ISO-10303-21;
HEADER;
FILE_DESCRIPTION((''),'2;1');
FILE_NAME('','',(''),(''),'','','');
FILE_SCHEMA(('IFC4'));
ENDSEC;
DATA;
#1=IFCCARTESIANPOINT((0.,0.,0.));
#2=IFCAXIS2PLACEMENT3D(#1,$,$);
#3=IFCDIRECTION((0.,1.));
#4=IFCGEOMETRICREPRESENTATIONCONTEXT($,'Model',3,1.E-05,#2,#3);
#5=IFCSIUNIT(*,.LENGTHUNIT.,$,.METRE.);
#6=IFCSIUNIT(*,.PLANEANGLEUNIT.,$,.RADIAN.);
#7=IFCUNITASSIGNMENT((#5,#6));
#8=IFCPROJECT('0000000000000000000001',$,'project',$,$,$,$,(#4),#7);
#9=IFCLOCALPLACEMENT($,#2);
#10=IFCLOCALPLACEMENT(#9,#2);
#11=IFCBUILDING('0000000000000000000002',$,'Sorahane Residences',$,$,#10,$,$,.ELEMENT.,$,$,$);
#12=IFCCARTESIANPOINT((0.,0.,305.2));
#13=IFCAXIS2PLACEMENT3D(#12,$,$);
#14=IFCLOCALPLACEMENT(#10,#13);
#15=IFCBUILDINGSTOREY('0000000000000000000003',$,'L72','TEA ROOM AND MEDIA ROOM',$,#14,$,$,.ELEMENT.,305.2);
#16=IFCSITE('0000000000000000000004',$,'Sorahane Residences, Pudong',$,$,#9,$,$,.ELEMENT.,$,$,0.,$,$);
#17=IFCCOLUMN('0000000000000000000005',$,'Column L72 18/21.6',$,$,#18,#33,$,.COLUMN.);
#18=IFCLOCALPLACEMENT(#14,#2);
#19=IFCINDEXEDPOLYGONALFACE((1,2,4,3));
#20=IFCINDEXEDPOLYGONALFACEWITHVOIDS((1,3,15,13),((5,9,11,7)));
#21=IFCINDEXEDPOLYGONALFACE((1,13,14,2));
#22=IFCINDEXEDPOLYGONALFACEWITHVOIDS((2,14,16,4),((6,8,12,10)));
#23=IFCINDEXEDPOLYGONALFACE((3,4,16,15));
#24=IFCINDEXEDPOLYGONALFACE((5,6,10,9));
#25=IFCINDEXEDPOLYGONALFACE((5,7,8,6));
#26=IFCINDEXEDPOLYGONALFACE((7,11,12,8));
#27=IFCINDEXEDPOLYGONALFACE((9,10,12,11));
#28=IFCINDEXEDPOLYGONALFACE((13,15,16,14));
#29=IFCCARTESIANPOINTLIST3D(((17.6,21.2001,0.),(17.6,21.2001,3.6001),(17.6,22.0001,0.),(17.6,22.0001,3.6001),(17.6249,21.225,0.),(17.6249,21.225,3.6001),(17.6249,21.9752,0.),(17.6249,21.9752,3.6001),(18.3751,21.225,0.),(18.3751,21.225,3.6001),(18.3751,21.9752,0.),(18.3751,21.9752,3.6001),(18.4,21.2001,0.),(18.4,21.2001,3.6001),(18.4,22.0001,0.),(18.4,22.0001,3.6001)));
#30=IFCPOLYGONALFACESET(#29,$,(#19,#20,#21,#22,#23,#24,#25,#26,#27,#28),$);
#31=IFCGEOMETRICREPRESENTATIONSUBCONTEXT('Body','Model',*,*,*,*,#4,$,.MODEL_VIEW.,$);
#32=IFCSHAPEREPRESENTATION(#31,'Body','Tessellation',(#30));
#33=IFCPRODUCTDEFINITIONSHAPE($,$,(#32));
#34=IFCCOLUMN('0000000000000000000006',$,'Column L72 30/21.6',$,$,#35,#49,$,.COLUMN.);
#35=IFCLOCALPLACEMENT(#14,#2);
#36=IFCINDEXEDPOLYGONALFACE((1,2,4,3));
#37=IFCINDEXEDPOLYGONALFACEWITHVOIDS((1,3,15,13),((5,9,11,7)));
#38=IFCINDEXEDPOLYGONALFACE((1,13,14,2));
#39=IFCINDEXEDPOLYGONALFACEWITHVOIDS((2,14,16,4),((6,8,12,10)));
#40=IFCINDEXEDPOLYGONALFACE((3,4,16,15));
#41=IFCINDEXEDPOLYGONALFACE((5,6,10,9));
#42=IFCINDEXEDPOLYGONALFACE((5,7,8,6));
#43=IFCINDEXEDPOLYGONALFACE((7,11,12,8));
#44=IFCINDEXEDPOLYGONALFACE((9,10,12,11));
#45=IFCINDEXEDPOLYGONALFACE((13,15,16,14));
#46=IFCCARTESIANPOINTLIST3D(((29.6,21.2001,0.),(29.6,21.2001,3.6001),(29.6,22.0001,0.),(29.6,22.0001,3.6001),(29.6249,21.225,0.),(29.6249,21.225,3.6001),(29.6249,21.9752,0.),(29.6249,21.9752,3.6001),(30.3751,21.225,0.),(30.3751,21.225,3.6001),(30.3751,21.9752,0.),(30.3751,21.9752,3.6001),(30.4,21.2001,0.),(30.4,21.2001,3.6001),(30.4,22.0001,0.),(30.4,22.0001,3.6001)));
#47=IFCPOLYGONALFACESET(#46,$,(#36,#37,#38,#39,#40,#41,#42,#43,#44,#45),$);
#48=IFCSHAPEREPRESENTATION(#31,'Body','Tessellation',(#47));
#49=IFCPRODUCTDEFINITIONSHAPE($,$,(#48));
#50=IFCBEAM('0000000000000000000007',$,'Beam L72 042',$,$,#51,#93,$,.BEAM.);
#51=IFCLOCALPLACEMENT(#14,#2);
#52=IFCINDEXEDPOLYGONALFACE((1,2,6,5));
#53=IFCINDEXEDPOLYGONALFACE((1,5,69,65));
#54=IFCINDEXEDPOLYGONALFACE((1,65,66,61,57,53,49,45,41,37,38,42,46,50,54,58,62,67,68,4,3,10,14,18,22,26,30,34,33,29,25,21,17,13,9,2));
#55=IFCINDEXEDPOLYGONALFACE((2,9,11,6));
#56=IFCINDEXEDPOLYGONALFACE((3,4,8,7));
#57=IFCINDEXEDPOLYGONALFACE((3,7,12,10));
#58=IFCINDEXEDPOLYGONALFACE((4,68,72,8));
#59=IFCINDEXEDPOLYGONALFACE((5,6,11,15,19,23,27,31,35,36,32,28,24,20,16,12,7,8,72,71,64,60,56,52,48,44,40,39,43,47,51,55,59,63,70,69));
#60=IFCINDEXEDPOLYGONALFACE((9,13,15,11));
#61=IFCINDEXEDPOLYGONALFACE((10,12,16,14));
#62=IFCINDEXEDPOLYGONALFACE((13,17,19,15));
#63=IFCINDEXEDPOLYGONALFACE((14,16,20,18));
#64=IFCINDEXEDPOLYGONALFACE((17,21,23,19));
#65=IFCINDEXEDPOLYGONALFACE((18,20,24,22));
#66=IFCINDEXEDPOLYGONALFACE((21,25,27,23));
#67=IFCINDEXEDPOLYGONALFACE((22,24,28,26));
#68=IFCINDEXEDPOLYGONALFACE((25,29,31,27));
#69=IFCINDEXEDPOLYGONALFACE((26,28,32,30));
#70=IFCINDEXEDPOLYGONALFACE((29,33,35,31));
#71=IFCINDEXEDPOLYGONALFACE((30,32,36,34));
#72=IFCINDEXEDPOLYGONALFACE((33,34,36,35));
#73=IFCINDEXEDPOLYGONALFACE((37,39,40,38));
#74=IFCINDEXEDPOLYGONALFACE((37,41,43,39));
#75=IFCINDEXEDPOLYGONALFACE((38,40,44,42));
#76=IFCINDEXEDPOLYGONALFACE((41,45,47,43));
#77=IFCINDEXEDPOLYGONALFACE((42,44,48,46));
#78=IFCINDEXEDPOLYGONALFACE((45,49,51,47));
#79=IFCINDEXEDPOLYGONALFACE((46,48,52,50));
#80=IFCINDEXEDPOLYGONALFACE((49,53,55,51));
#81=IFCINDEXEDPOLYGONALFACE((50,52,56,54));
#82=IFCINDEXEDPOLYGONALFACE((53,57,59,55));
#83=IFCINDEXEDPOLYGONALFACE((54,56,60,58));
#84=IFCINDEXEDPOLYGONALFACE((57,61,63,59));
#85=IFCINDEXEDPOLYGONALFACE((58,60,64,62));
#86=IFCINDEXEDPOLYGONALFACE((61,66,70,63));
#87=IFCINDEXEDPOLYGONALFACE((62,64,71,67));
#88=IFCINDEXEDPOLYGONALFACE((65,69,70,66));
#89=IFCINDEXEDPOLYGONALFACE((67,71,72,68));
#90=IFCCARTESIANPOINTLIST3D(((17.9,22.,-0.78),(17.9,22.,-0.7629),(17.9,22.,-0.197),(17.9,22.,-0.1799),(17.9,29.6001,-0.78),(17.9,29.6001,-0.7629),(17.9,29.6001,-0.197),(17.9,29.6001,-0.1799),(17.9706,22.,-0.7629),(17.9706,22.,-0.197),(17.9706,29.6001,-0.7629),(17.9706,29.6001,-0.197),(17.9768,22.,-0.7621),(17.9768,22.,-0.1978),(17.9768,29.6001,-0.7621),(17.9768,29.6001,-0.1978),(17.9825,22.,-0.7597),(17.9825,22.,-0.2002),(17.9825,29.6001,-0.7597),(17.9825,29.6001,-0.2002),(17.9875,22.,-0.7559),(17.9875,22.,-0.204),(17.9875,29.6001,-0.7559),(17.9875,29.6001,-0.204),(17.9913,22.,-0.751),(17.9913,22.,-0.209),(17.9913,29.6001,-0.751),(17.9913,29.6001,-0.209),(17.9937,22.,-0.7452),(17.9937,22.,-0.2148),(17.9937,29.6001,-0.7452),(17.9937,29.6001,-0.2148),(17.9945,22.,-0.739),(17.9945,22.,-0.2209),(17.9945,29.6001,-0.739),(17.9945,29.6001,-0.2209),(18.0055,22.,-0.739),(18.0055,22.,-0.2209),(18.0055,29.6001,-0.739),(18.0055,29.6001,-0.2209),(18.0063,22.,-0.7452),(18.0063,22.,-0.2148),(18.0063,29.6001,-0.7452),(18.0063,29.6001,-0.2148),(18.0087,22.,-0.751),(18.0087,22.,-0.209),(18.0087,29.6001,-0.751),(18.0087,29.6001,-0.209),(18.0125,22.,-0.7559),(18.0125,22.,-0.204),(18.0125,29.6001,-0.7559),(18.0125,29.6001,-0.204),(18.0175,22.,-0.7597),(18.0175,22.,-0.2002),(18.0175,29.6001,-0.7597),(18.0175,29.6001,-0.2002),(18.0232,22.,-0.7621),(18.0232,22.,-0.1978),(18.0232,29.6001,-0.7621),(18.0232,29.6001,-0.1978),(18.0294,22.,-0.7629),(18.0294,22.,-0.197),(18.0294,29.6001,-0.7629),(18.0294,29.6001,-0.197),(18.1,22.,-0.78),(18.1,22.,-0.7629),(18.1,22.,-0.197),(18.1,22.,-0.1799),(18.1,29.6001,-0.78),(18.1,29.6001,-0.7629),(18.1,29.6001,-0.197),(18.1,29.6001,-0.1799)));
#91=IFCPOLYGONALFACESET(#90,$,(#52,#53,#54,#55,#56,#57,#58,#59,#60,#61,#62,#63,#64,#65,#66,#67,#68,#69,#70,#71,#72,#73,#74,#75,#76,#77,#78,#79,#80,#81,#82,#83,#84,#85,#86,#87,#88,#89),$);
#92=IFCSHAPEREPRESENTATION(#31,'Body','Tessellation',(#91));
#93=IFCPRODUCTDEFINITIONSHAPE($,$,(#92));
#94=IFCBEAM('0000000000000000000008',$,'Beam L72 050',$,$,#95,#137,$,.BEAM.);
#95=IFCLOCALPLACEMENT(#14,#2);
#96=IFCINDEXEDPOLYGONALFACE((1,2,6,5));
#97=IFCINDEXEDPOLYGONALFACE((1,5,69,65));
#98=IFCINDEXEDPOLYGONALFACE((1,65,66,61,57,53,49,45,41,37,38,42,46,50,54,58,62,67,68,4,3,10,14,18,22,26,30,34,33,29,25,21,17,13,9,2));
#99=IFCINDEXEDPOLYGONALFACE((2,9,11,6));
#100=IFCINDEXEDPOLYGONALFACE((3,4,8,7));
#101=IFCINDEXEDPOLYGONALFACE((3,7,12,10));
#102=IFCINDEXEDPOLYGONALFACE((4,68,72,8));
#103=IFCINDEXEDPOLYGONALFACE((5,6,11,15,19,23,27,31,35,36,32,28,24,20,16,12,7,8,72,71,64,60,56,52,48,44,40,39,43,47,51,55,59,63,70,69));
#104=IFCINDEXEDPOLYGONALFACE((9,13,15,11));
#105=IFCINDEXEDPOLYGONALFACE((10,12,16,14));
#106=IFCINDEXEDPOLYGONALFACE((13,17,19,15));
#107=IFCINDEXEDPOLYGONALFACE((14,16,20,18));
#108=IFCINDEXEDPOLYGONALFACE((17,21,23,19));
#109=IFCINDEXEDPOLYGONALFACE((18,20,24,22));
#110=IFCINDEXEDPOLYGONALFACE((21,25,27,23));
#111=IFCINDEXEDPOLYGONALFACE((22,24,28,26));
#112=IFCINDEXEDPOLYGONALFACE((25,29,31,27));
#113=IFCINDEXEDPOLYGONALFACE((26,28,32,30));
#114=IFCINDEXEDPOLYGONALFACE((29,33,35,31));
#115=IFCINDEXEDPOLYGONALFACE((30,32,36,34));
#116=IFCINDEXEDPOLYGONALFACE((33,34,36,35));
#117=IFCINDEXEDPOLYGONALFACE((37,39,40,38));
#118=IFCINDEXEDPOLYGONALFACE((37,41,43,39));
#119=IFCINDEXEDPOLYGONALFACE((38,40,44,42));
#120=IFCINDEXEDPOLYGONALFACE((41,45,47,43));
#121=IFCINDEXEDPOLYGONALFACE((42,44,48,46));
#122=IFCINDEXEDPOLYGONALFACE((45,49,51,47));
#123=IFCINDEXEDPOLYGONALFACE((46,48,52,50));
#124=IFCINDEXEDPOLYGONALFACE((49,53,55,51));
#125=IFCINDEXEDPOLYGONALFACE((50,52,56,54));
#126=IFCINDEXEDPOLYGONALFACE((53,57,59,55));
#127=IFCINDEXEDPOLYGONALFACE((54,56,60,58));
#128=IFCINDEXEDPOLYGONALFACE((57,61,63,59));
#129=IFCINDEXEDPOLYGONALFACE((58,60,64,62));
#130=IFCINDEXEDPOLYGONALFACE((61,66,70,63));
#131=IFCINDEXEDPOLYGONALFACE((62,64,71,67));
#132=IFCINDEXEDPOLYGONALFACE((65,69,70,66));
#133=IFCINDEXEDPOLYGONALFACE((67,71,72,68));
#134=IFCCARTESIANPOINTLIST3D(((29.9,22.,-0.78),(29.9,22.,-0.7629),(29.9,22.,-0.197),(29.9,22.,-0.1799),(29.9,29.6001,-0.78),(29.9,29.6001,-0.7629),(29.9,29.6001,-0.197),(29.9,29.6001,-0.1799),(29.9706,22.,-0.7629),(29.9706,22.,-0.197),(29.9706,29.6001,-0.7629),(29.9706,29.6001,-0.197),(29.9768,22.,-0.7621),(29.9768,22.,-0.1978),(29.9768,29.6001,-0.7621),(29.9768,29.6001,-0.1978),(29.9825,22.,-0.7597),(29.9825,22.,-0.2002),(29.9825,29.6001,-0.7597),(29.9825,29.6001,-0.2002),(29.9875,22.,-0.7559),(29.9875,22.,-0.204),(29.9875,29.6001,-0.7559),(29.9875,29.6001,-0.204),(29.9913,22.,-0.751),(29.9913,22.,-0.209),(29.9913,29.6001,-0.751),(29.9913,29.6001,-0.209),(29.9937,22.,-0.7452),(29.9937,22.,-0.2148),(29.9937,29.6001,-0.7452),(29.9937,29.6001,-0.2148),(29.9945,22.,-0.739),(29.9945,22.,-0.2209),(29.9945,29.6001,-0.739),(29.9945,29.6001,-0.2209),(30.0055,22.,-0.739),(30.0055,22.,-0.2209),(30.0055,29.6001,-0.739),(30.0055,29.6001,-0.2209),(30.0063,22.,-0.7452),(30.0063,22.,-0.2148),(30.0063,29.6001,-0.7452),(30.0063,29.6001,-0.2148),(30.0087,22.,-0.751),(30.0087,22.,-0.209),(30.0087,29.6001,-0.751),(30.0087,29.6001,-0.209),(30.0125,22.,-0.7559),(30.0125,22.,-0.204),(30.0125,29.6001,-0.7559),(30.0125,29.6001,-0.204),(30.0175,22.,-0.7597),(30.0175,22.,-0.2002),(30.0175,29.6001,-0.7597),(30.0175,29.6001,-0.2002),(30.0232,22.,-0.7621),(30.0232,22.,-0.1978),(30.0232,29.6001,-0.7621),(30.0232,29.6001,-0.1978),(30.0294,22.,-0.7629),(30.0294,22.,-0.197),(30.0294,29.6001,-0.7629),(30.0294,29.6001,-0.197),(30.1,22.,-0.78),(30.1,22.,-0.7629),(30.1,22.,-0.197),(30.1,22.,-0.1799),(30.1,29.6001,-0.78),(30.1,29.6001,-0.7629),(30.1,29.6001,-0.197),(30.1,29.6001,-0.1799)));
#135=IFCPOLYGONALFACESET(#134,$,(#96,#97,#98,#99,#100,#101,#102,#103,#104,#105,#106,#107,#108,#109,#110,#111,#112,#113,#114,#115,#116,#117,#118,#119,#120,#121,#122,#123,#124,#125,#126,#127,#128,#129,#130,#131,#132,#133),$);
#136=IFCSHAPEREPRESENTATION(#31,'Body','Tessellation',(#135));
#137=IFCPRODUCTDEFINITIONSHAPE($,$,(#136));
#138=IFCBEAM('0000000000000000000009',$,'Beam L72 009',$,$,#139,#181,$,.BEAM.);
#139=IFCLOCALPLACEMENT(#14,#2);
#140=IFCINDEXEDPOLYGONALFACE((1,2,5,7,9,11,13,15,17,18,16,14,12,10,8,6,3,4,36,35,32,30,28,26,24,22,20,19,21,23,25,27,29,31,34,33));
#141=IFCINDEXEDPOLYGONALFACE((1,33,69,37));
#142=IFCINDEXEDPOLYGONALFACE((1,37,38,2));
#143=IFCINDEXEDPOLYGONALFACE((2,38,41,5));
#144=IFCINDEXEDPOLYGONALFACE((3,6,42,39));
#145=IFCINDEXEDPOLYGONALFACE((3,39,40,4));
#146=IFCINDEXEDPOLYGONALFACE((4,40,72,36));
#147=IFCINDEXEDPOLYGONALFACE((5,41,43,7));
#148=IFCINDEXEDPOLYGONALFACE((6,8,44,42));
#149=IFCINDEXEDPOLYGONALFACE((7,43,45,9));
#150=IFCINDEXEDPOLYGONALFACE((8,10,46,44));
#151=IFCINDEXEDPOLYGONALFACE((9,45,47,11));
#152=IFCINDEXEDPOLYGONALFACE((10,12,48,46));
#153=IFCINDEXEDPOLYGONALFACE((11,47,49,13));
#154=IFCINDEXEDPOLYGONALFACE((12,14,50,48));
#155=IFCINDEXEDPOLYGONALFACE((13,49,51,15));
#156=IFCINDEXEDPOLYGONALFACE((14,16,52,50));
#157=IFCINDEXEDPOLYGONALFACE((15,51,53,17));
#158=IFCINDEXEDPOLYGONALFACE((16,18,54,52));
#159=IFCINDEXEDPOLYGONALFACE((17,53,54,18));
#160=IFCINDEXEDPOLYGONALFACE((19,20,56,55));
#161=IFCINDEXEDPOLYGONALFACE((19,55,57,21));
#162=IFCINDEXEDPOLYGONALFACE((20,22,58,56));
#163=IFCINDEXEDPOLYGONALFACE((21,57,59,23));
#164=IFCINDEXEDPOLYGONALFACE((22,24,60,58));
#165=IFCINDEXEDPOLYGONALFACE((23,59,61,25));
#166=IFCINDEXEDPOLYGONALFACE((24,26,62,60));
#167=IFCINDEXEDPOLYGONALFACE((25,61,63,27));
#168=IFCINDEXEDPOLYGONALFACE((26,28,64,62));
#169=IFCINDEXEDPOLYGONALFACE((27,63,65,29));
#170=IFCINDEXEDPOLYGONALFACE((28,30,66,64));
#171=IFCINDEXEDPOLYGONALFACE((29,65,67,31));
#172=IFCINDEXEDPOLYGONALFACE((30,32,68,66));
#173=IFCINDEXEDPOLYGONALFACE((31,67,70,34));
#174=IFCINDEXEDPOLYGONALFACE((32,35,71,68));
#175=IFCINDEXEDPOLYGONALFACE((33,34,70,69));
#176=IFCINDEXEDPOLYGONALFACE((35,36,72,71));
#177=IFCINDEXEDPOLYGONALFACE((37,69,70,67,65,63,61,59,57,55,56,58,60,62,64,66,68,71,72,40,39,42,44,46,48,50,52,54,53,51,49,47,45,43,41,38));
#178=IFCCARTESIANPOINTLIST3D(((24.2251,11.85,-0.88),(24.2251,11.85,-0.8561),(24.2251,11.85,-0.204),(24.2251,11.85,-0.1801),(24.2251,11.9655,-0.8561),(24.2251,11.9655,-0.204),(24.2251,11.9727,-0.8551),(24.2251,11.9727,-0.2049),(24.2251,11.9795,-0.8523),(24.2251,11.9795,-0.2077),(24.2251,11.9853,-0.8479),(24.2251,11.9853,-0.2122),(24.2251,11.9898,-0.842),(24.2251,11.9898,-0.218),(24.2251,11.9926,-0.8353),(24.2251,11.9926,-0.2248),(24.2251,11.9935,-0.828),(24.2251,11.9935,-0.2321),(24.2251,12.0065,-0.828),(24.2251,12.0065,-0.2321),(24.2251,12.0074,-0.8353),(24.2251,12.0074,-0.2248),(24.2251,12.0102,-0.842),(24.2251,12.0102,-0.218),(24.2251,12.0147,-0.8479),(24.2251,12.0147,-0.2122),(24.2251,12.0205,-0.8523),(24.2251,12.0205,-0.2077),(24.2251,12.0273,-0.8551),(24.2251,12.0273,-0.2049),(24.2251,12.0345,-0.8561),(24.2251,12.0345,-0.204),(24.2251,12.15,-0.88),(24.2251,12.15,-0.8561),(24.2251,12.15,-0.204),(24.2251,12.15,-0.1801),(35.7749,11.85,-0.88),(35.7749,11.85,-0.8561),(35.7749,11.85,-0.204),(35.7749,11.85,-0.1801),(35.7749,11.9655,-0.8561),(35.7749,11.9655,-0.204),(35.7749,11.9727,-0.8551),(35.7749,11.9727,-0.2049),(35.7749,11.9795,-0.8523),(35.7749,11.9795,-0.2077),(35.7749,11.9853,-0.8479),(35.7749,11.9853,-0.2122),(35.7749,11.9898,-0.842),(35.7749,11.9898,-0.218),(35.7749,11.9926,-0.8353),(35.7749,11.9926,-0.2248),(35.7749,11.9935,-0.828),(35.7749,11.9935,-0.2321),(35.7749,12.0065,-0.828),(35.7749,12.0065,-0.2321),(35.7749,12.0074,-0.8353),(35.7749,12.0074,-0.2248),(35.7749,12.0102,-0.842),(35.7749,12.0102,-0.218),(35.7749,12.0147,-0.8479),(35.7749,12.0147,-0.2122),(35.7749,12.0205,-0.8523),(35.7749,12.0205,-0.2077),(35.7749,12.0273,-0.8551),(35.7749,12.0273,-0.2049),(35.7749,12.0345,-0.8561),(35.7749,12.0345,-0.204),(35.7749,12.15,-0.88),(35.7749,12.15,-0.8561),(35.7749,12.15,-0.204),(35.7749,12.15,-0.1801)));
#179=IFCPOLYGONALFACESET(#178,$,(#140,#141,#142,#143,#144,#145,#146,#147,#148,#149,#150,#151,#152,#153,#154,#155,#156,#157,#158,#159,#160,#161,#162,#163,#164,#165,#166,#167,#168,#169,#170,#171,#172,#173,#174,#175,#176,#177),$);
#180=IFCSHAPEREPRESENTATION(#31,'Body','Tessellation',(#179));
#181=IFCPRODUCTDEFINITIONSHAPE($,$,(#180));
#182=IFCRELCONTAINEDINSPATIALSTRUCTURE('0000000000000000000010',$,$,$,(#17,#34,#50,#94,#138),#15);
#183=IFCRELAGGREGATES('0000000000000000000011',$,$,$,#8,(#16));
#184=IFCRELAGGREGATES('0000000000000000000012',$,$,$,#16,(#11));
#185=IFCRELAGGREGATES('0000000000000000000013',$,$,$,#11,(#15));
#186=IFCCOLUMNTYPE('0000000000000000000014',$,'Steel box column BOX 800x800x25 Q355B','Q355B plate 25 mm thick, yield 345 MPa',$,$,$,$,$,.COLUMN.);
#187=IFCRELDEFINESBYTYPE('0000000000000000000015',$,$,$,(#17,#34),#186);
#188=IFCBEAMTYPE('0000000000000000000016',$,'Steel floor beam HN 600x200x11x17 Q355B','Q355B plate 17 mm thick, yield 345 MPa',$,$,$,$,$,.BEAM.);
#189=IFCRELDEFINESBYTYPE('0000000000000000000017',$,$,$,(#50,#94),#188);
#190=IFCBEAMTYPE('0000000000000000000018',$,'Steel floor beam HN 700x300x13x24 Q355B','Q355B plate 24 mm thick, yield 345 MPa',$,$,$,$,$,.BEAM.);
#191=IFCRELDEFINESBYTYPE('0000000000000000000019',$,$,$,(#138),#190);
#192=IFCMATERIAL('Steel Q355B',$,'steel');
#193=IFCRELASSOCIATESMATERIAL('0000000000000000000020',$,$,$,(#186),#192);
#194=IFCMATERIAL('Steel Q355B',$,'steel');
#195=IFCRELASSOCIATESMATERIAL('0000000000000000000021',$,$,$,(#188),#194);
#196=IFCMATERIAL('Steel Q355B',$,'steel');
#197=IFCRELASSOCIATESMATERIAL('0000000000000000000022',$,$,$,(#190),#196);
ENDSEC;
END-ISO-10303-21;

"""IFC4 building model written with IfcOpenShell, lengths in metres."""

from ifc_helpers import new_model, si_unit, direction, frame, origin, origin_2d, place, context, subcontext, project, spatial, hollow_rectangle, i_section, extrude, material, material_profile, profile_set, type_object, element, save


model = new_model("IFC4")

# Units and contexts
model_context = context("Model", 3, precision=1e-05, world=origin(), true_north=direction((0.0, 1.0)))
body_context = subcontext(model_context, "Body", "Model", "MODEL_VIEW")
ifc_project = project(units=[si_unit("LENGTHUNIT", "METRE"), si_unit("PLANEANGLEUNIT", "RADIAN")], contexts=[model_context])

# Site, building, storey
site_placement = place(None, origin())
site = spatial("IfcSite", under=ifc_project, at=site_placement, Name="Sorahane Residences, Pudong", CompositionType="ELEMENT", RefElevation=0.0)
building_placement = place(site_placement, origin())
building = spatial("IfcBuilding", under=site, at=building_placement, Name="Sorahane Residences", CompositionType="ELEMENT")
storey_placement = place(building_placement, frame((0.0, 0.0, 305.2)))
storey = spatial("IfcBuildingStorey", under=building, at=storey_placement, Name="L72", Description="TEA ROOM AND MEDIA ROOM", CompositionType="ELEMENT", Elevation=305.2)

# Columns
ifc_material_1 = material(Name="Steel Q355B", Category="steel")
ifc_material_profile_1 = material_profile(ifc_material_1, hollow_rectangle(XDim=0.8, YDim=0.8, WallThickness=0.0249, at=origin_2d()), Name="BOX 800x800x25")
ifc_profile_set_1 = profile_set([ifc_material_profile_1], Name="Steel Q355B")
column_type = type_object("IfcColumnType", Name="Steel box column BOX 800x800x25 Q355B", Description="Q355B plate 25 mm thick, yield 345 MPa", PredefinedType="COLUMN", material=ifc_profile_set_1)
for number, where, z_axis, x_axis, name in (
    (1, (18.0, 21.6001, 0.0), (0.0, 0.0, 1.0), (1.0, 0.0, 0.0), "Column L72 18/21.6"),
    (2, (30.0, 21.6001, 0.0), (0.0, 0.0, 1.0), (1.0, 0.0, 0.0), "Column L72 30/21.6"),
):
    element("IfcColumn", number, at=place(storey_placement, frame(where, z_axis=z_axis, x_axis=x_axis)), inside=storey, type_object=column_type, Name=name, PredefinedType="COLUMN", context=body_context, shape_type="SweptSolid", body=[
        extrude(hollow_rectangle(XDim=0.8, YDim=0.8, WallThickness=0.0249, at=origin_2d()), origin(), (0.0, 0.0, 1.0), 3.6001),
    ])

# Beams
ifc_material_2 = material(Name="Steel Q355B", Category="steel")
ifc_material_profile_2 = material_profile(ifc_material_2, i_section(OverallWidth=0.2, OverallDepth=0.6001, WebThickness=0.011, FlangeThickness=0.0171, FilletRadius=0.0239, at=origin_2d()), Name="HN 600x200x11x17")
ifc_profile_set_2 = profile_set([ifc_material_profile_2], Name="Steel Q355B")
beam_type_1 = type_object("IfcBeamType", Name="Steel floor beam HN 600x200x11x17 Q355B", Description="Q355B plate 17 mm thick, yield 345 MPa", PredefinedType="BEAM", material=ifc_profile_set_2)
for number, where, z_axis, x_axis, name in (
    (3, (18.0, 22.0, -0.48), (0.0, 1.0, 0.0), (-1.0, 0.0, 0.0), "Beam L72 042"),
    (4, (30.0, 22.0, -0.48), (0.0, 1.0, 0.0), (-1.0, 0.0, 0.0), "Beam L72 050"),
):
    element("IfcBeam", number, at=place(storey_placement, frame(where, z_axis=z_axis, x_axis=x_axis)), inside=storey, type_object=beam_type_1, Name=name, PredefinedType="BEAM", context=body_context, shape_type="SweptSolid", body=[
        extrude(i_section(OverallWidth=0.2, OverallDepth=0.6001, WebThickness=0.011, FlangeThickness=0.0171, FilletRadius=0.0239, at=origin_2d()), origin(), (0.0, 0.0, 1.0), 7.6001),
    ])
ifc_material_3 = material(Name="Steel Q355B", Category="steel")
ifc_material_profile_3 = material_profile(ifc_material_3, i_section(OverallWidth=0.3, OverallDepth=0.7, WebThickness=0.0129, FlangeThickness=0.0239, FilletRadius=0.0281, at=origin_2d()), Name="HN 700x300x13x24")
ifc_profile_set_3 = profile_set([ifc_material_profile_3], Name="Steel Q355B")
beam_type_2 = type_object("IfcBeamType", Name="Steel floor beam HN 700x300x13x24 Q355B", Description="Q355B plate 24 mm thick, yield 345 MPa", PredefinedType="BEAM", material=ifc_profile_set_3)
beam_placement = place(storey_placement, frame((24.2251, 12.0, -0.53), z_axis=(1.0, 0.0, 0.0), x_axis=(0.0, 1.0, 0.0)))
element("IfcBeam", 5, at=beam_placement, inside=storey, type_object=beam_type_2, Name="Beam L72 009", PredefinedType="BEAM", context=body_context, shape_type="SweptSolid", body=[
    extrude(i_section(OverallWidth=0.3, OverallDepth=0.7, WebThickness=0.0129, FlangeThickness=0.0239, FilletRadius=0.0281, at=origin_2d()), origin(), (0.0, 0.0, 1.0), 11.5498),
])

save(model, "model.ifc")
